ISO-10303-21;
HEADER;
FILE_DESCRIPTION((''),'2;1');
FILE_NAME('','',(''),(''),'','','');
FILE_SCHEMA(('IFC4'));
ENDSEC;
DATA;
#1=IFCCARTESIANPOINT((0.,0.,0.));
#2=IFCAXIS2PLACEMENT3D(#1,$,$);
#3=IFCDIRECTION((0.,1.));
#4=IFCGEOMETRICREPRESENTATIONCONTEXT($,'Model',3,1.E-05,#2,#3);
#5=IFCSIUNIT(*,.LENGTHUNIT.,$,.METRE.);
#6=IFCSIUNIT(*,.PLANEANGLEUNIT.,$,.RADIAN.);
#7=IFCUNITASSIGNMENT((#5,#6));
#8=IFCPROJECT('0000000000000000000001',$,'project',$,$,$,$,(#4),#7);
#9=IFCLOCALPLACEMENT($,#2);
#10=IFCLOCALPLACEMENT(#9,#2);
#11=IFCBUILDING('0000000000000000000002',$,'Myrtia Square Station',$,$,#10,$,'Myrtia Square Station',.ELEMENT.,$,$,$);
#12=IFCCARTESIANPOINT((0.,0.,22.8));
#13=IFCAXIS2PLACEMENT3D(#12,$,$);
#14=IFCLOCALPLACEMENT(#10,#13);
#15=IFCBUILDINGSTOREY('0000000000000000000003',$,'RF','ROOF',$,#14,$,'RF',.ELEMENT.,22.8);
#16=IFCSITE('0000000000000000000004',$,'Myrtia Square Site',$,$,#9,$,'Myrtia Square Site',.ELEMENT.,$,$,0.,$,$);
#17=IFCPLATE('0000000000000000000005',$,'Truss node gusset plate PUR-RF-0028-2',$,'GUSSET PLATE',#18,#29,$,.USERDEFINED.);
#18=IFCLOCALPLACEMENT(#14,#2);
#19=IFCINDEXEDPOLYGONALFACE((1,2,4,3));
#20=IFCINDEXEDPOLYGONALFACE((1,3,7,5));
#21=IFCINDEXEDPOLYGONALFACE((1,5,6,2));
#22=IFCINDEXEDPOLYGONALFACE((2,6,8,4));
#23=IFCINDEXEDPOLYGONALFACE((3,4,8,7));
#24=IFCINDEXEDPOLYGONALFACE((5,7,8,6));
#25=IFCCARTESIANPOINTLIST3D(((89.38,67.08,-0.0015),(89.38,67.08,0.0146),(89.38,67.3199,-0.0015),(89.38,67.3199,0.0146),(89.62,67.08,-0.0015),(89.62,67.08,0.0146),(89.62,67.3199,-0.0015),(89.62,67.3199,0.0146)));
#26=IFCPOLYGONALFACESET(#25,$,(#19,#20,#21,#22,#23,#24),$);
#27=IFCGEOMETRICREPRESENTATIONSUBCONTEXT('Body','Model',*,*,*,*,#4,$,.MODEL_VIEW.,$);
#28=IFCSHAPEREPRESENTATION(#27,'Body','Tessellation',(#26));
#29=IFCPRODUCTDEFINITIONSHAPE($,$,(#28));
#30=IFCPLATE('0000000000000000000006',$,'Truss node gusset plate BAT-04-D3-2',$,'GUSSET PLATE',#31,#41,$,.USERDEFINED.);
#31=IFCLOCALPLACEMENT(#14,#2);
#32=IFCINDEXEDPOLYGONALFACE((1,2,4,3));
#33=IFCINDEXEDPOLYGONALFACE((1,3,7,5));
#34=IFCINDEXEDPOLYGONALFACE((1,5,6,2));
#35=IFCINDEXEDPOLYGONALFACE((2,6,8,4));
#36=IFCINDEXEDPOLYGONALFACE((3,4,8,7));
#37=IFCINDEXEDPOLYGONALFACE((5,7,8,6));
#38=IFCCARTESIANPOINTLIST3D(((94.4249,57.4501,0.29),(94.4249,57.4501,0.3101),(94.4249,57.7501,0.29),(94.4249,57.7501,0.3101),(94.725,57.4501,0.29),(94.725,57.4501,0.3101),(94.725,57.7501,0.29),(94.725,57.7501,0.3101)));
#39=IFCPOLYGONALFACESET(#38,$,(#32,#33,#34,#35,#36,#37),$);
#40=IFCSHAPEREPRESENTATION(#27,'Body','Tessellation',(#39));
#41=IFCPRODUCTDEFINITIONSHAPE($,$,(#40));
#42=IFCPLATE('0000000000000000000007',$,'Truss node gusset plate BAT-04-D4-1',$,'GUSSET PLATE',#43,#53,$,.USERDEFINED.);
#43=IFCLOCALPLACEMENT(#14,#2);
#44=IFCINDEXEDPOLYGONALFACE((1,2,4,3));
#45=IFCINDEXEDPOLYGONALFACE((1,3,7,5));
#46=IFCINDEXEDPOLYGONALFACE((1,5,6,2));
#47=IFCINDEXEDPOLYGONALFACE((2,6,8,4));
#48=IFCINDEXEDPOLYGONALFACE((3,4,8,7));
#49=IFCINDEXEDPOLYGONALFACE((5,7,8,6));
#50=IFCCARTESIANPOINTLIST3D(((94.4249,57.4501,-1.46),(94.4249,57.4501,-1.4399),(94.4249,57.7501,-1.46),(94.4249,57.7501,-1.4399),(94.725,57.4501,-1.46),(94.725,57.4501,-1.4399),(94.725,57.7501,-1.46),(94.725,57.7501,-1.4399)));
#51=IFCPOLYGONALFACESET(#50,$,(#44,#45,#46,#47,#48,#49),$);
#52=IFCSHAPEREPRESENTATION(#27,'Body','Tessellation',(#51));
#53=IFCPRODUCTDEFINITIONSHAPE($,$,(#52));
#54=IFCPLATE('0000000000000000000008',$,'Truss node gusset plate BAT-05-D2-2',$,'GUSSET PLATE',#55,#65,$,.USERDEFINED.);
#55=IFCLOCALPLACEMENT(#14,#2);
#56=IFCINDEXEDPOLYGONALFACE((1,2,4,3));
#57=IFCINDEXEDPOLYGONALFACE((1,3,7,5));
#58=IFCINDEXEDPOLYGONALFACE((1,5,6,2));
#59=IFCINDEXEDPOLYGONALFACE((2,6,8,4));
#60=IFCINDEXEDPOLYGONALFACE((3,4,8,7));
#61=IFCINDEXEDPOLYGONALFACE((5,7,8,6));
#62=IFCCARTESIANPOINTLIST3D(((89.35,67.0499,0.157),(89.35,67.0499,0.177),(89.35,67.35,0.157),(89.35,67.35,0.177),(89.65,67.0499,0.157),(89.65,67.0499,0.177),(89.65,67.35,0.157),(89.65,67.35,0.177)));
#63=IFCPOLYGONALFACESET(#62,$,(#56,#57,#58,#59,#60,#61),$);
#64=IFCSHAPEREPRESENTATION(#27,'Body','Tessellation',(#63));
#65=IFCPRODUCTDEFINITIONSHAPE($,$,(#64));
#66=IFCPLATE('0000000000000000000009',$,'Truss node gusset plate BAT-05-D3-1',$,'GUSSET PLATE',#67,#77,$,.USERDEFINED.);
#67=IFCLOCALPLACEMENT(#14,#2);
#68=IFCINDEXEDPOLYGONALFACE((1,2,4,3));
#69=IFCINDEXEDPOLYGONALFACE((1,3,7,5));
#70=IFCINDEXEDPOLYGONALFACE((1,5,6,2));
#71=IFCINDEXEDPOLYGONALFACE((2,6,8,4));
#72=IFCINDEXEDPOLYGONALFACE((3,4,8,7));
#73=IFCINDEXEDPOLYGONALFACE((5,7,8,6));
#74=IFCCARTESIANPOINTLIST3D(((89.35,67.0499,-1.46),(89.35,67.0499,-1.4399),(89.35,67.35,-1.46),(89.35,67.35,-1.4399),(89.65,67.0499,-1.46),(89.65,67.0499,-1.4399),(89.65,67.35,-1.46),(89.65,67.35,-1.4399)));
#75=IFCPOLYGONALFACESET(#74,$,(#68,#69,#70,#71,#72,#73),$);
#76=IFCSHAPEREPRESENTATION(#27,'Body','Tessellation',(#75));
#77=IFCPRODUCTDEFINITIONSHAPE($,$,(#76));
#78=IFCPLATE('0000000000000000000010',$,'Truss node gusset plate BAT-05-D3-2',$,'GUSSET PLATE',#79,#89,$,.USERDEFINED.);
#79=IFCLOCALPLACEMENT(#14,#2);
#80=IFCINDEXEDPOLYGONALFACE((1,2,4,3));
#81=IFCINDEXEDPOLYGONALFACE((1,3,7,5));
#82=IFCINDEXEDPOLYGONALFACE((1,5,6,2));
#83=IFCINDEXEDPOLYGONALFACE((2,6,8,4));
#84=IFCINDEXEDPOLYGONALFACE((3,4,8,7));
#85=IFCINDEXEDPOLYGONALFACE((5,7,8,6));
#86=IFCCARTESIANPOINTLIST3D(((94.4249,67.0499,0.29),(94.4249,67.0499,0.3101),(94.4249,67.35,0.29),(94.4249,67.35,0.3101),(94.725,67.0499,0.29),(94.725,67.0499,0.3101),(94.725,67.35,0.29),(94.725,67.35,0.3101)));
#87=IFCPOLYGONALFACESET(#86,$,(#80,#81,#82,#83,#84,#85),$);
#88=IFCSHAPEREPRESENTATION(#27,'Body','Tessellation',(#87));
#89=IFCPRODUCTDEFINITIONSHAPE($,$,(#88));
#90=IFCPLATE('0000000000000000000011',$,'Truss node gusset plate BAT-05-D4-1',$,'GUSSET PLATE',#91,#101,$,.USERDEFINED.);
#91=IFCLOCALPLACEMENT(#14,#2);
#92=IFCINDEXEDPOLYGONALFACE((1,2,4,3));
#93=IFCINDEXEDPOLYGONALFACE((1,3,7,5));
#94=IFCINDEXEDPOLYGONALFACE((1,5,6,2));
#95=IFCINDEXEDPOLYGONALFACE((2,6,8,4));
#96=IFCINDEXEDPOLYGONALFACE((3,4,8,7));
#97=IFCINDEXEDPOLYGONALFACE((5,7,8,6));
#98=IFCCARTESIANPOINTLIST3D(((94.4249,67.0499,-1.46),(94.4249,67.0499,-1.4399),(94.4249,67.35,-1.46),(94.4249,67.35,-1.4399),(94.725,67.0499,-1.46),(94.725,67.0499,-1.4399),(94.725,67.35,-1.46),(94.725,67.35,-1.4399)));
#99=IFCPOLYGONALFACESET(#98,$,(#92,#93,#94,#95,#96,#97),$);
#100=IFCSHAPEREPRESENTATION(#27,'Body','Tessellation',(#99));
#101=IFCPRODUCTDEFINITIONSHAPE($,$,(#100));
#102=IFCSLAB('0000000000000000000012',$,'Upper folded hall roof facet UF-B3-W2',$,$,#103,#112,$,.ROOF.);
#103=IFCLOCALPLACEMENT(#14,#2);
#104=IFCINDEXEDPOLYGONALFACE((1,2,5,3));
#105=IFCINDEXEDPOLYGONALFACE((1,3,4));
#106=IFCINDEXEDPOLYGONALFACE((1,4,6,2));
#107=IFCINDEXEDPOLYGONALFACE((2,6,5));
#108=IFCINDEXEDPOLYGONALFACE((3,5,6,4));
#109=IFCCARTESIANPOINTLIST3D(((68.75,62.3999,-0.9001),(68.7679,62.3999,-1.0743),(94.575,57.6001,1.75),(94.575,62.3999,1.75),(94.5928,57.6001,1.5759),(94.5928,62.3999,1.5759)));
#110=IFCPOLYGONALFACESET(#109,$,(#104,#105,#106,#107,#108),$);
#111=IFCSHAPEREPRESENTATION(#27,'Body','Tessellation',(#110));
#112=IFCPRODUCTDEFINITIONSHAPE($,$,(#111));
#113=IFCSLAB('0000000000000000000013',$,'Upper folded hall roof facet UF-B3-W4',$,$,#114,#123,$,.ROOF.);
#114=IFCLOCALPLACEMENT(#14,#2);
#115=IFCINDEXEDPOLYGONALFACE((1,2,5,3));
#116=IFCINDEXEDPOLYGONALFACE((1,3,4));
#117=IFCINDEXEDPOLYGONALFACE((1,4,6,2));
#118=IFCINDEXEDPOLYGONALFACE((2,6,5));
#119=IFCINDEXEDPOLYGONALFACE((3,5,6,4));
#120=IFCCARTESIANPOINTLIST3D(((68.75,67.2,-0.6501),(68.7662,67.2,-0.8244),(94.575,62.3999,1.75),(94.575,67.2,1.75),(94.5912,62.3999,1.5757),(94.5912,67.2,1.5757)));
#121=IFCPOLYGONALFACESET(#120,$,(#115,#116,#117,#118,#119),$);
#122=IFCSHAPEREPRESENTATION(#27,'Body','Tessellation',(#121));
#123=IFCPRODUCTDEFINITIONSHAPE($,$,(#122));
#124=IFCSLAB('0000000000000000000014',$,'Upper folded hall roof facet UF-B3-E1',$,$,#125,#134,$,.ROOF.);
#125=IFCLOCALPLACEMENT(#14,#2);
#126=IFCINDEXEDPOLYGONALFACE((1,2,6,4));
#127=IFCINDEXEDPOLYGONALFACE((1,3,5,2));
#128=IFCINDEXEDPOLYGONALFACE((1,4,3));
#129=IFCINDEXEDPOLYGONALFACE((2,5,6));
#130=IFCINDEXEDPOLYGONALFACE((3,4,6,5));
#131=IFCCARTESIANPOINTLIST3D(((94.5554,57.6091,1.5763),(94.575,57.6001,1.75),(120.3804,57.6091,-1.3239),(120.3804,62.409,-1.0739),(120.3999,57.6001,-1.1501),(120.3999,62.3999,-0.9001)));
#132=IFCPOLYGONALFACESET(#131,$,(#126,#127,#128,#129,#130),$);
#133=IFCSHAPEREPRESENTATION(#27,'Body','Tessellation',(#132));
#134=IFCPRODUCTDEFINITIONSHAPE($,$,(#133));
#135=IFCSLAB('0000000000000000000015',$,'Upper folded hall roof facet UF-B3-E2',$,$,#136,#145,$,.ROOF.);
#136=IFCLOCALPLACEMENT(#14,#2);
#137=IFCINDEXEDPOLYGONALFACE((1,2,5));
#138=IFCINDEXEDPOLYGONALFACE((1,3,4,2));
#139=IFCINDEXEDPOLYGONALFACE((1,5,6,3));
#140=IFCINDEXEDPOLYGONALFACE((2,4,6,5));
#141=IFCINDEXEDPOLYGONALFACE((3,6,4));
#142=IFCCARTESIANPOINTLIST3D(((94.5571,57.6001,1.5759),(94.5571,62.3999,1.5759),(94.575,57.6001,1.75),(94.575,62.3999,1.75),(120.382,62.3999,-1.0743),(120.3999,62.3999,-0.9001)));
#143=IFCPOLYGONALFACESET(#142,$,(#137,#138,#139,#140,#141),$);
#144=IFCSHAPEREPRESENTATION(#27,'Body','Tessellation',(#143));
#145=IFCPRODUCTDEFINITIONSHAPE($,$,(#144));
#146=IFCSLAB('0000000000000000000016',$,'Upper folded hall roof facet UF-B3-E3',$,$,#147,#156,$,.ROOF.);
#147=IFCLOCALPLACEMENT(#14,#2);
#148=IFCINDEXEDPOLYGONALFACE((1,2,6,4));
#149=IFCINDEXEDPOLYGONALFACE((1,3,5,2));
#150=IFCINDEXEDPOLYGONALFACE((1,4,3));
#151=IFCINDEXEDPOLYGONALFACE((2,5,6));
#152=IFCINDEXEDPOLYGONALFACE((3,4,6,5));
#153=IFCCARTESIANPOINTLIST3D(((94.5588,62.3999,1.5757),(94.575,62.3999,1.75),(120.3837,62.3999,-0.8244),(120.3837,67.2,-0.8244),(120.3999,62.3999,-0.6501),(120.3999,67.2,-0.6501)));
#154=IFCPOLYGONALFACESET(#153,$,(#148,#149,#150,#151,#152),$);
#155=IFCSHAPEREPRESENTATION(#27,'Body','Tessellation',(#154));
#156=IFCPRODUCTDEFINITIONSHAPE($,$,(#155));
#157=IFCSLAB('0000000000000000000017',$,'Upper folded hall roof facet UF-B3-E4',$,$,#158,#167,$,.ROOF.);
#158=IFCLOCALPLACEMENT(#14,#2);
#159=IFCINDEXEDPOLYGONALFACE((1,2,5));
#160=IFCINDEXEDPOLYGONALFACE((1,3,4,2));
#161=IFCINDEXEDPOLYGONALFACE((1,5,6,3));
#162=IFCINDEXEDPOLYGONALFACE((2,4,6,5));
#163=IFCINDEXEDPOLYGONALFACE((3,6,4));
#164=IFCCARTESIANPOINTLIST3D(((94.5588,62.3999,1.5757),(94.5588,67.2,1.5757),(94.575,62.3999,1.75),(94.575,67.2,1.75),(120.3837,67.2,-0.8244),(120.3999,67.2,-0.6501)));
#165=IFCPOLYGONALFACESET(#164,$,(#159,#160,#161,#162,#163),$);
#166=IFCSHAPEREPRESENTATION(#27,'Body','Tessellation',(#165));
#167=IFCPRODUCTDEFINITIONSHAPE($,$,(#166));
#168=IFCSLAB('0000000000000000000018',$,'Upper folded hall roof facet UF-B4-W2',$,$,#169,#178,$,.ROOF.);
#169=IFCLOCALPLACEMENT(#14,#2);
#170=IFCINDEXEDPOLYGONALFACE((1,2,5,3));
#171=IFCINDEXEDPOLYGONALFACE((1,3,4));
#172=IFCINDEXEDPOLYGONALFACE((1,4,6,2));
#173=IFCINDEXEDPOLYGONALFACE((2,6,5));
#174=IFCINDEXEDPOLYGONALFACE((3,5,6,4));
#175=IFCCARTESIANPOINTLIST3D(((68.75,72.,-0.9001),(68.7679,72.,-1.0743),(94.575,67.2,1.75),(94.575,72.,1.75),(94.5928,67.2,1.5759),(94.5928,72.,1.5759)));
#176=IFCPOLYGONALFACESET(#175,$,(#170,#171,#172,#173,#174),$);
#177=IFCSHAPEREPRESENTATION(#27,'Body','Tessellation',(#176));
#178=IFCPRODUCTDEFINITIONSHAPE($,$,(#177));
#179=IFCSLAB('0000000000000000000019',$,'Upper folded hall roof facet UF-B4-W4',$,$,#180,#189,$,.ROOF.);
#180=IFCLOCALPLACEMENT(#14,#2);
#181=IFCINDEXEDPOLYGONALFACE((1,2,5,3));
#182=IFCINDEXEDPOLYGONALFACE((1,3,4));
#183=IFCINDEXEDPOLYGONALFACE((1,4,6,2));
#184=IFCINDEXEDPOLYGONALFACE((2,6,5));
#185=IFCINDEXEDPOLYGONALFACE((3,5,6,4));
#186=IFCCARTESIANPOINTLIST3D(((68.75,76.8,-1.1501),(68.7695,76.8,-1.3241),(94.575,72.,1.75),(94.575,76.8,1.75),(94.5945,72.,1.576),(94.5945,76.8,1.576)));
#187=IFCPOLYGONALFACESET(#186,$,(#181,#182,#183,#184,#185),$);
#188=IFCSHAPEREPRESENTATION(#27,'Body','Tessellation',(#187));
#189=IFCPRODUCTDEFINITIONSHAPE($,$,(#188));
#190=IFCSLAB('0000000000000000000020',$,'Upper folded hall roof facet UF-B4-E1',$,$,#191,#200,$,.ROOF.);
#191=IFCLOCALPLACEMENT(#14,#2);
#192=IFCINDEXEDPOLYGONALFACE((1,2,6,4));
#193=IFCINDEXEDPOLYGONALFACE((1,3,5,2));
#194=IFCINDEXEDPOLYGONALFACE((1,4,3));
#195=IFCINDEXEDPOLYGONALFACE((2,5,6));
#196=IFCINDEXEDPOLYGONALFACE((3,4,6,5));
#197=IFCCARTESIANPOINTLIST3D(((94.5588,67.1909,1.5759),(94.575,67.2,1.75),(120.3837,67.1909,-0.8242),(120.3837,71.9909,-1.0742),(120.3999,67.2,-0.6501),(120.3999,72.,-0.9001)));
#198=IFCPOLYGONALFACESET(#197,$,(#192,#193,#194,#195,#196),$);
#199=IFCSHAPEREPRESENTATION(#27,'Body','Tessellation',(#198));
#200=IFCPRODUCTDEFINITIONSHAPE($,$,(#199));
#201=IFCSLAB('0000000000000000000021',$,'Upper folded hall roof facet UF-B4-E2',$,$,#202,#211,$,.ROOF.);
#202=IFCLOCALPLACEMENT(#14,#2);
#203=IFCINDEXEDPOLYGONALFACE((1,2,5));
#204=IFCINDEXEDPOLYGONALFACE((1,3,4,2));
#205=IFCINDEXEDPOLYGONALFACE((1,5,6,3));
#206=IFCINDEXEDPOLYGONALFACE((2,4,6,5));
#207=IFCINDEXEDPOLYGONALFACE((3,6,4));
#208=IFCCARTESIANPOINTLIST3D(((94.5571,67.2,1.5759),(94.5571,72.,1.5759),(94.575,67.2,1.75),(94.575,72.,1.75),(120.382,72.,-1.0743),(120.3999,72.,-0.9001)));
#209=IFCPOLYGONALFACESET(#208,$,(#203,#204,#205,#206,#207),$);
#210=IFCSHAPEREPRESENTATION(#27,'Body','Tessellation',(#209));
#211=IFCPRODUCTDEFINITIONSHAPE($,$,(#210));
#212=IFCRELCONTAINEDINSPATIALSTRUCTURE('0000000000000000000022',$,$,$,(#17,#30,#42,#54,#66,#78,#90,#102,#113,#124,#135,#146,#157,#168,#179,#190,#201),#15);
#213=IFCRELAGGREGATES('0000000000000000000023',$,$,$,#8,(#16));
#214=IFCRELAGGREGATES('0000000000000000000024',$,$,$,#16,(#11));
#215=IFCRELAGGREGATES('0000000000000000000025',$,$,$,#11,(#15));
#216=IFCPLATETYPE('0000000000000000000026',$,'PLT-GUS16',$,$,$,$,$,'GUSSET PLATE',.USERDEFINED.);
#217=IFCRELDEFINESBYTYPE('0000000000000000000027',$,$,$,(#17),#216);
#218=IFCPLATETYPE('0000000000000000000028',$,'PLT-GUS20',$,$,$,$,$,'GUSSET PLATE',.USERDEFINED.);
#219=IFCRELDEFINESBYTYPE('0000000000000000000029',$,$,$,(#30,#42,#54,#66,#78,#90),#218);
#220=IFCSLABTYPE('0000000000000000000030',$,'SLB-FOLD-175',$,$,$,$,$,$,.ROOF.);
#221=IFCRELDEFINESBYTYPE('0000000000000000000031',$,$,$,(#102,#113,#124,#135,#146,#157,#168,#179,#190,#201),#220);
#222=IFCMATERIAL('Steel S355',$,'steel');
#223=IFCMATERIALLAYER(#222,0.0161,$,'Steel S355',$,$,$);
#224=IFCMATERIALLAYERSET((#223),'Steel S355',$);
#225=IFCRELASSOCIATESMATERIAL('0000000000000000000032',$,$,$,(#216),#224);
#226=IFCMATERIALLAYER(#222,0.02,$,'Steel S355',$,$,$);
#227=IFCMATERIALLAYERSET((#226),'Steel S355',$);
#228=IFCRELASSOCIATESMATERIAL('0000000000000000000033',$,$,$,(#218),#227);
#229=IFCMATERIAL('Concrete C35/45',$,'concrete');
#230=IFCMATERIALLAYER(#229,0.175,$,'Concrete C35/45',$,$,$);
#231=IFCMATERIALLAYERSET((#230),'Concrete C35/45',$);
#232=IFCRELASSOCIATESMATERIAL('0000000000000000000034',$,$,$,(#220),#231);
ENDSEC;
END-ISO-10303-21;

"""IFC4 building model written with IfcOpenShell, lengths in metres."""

from ifc_helpers import new_model, si_unit, direction, frame, origin, origin_2d, place, context, subcontext, project, spatial, polyline, rectangle, outline, extrude, material, layer, layer_set, type_object, element, save


model = new_model("IFC4")

# Units and contexts
model_context = context("Model", 3, precision=1e-05, world=origin(), true_north=direction((0.0, 1.0)))
body_context = subcontext(model_context, "Body", "Model", "MODEL_VIEW")
ifc_project = project(units=[si_unit("LENGTHUNIT", "METRE"), si_unit("PLANEANGLEUNIT", "RADIAN")], contexts=[model_context])

# Site, building, storey
site_placement = place(None, origin())
site = spatial("IfcSite", under=ifc_project, at=site_placement, Name="Myrtia Square Site", LongName="Myrtia Square Site", CompositionType="ELEMENT", RefElevation=0.0)
building_placement = place(site_placement, origin())
building = spatial("IfcBuilding", under=site, at=building_placement, Name="Myrtia Square Station", LongName="Myrtia Square Station", CompositionType="ELEMENT")
storey_placement = place(building_placement, frame((0.0, 0.0, 22.8)))
storey = spatial("IfcBuildingStorey", under=building, at=storey_placement, Name="RF", Description="ROOF", LongName="RF", CompositionType="ELEMENT", Elevation=22.8)

# Shared definitions
ifc_material_1 = material(Name="Steel S355", Category="steel")

# Plates
ifc_layer_1 = layer(ifc_material_1, 0.0161, Name="Steel S355")
ifc_layer_set_1 = layer_set([ifc_layer_1], Name="Steel S355")
plate_type_1 = type_object("IfcPlateType", Name="PLT-GUS16", ElementType="GUSSET PLATE", PredefinedType="USERDEFINED", material=ifc_layer_set_1)
plate_placement = place(storey_placement, frame((89.5, 67.2, -0.0015), z_axis=(0.0, 0.0, 1.0), x_axis=(0.0, 1.0, 0.0)))
element("IfcPlate", 1, at=plate_placement, inside=storey, type_object=plate_type_1, Name="Truss node gusset plate PUR-RF-0028-2", ObjectType="GUSSET PLATE", PredefinedType="USERDEFINED", context=body_context, shape_type="SweptSolid", body=[
    extrude(rectangle(XDim=0.24, YDim=0.24, at=origin_2d()), origin(), (0.0, 0.0, 1.0), 0.0161),
])
ifc_layer_2 = layer(ifc_material_1, 0.02, Name="Steel S355")
ifc_layer_set_2 = layer_set([ifc_layer_2], Name="Steel S355")
plate_type_2 = type_object("IfcPlateType", Name="PLT-GUS20", ElementType="GUSSET PLATE", PredefinedType="USERDEFINED", material=ifc_layer_set_2)
for number, where, z_axis, x_axis, name in (
    (2, (94.575, 57.6001, 0.29), (0.0, 0.0, 1.0), (1.0, 0.0, 0.0), "Truss node gusset plate BAT-04-D3-2"),
    (3, (94.575, 57.6001, -1.46), (0.0, 0.0, 1.0), (1.0, 0.0, 0.0), "Truss node gusset plate BAT-04-D4-1"),
    (4, (89.5, 67.2, 0.157), (0.0, 0.0, 1.0), (1.0, 0.0, 0.0), "Truss node gusset plate BAT-05-D2-2"),
    (5, (89.5, 67.2, -1.46), (0.0, 0.0, 1.0), (1.0, 0.0, 0.0), "Truss node gusset plate BAT-05-D3-1"),
    (6, (94.575, 67.2, 0.29), (0.0, 0.0, 1.0), (1.0, 0.0, 0.0), "Truss node gusset plate BAT-05-D3-2"),
    (7, (94.575, 67.2, -1.46), (0.0, 0.0, 1.0), (1.0, 0.0, 0.0), "Truss node gusset plate BAT-05-D4-1"),
):
    element("IfcPlate", number, at=place(storey_placement, frame(where, z_axis=z_axis, x_axis=x_axis)), inside=storey, type_object=plate_type_2, Name=name, ObjectType="GUSSET PLATE", PredefinedType="USERDEFINED", context=body_context, shape_type="SweptSolid", body=[
        extrude(rectangle(XDim=0.3, YDim=0.3, at=origin_2d()), origin(), (0.0, 0.0, 1.0), 0.02),
    ])

# Slabs
ifc_material_2 = material(Name="Concrete C35/45", Category="concrete")
ifc_layer_3 = layer(ifc_material_2, 0.175, Name="Concrete C35/45")
ifc_layer_set_3 = layer_set([ifc_layer_3], Name="Concrete C35/45")
slab_type = type_object("IfcSlabType", Name="SLB-FOLD-175", PredefinedType="ROOF", material=ifc_layer_set_3)
slab_1_placement = place(storey_placement, frame((94.575, 57.6001, 1.75), z_axis=(-0.102084, 0.0, 0.994776), x_axis=(0.0, 1.0, 0.0)))
element("IfcSlab", 8, at=slab_1_placement, inside=storey, type_object=slab_type, Name="Upper folded hall roof facet UF-B3-W2", PredefinedType="ROOF", context=body_context, shape_type="SweptSolid", body=[
    extrude(outline(polyline([(0.0, 0.0), (4.7998, 0.0), (4.7998, 25.9606), (0.0, 0.0)])), origin(), (0.0, 0.0, -1.0), 0.175),
])
slab_2_placement = place(storey_placement, frame((94.575, 62.3999, 1.75), z_axis=(-0.09254, 0.0, 0.995709), x_axis=(0.0, 1.0, 0.0)))
element("IfcSlab", 9, at=slab_2_placement, inside=storey, type_object=slab_type, Name="Upper folded hall roof facet UF-B3-W4", PredefinedType="ROOF", context=body_context, shape_type="SweptSolid", body=[
    extrude(outline(polyline([(0.0, 0.0), (4.8, 0.0), (4.8, 25.9362), (0.0, 0.0)])), origin(), (0.0, 0.0, -1.0), 0.175),
])
slab_3_placement = place(storey_placement, frame((94.575, 57.6001, 1.75), z_axis=(0.111449, -0.051691, 0.992425), x_axis=(0.993753, 0.0, -0.111599)))
element("IfcSlab", 10, at=slab_3_placement, inside=storey, type_object=slab_type, Name="Upper folded hall roof facet UF-B3-E1", PredefinedType="ROOF", context=body_context, shape_type="SweptSolid", body=[
    extrude(outline(polyline([(0.0, 0.0), (25.9873, 0.0), (25.9594, 4.8062), (0.0, 0.0)])), origin(), (0.0, 0.0, -1.0), 0.175),
])
slab_4_placement = place(storey_placement, frame((94.575, 57.6001, 1.75), z_axis=(0.102084, 0.0, 0.994776), x_axis=(0.978197, 0.181807, -0.100382)))
element("IfcSlab", 11, at=slab_4_placement, inside=storey, type_object=slab_type, Name="Upper folded hall roof facet UF-B3-E2", PredefinedType="ROOF", context=body_context, shape_type="SweptSolid", body=[
    extrude(outline(polyline([(0.0, 0.0), (26.4006, 0.0), (0.8726, 4.7198), (0.0, 0.0)])), origin(), (0.0, 0.0, -1.0), 0.175),
])
slab_5_placement = place(storey_placement, frame((94.575, 62.3999, 1.75), z_axis=(0.09254, 0.0, 0.995709), x_axis=(0.995709, 0.0, -0.09254)))
element("IfcSlab", 12, at=slab_5_placement, inside=storey, type_object=slab_type, Name="Upper folded hall roof facet UF-B3-E3", PredefinedType="ROOF", context=body_context, shape_type="SweptSolid", body=[
    extrude(outline(polyline([(0.0, 0.0), (25.9362, 0.0), (25.9362, 4.8), (0.0, 0.0)])), origin(), (0.0, 0.0, -1.0), 0.175),
])
slab_6_placement = place(storey_placement, frame((94.575, 62.3999, 1.75), z_axis=(0.09254, 0.0, 0.995709), x_axis=(0.979083, 0.181981, -0.090995)))
element("IfcSlab", 13, at=slab_6_placement, inside=storey, type_object=slab_type, Name="Upper folded hall roof facet UF-B3-E4", PredefinedType="ROOF", context=body_context, shape_type="SweptSolid", body=[
    extrude(outline(polyline([(0.0, 0.0), (26.3767, 0.0), (0.8735, 4.7199), (0.0, 0.0)])), origin(), (0.0, 0.0, -1.0), 0.175),
])
slab_7_placement = place(storey_placement, frame((94.575, 67.2, 1.75), z_axis=(-0.102084, 0.0, 0.994776), x_axis=(0.0, 1.0, 0.0)))
element("IfcSlab", 14, at=slab_7_placement, inside=storey, type_object=slab_type, Name="Upper folded hall roof facet UF-B4-W2", PredefinedType="ROOF", context=body_context, shape_type="SweptSolid", body=[
    extrude(outline(polyline([(0.0, 0.0), (4.8, 0.0), (4.8, 25.9606), (0.0, 0.0)])), origin(), (0.0, 0.0, -1.0), 0.175),
])
slab_8_placement = place(storey_placement, frame((94.575, 72.0, 1.75), z_axis=(-0.111599, 0.0, 0.993753), x_axis=(0.0, 1.0, 0.0)))
element("IfcSlab", 15, at=slab_8_placement, inside=storey, type_object=slab_type, Name="Upper folded hall roof facet UF-B4-W4", PredefinedType="ROOF", context=body_context, shape_type="SweptSolid", body=[
    extrude(outline(polyline([(0.0, 0.0), (4.8, 0.0), (4.8, 25.9873), (0.0, 0.0)])), origin(), (0.0, 0.0, -1.0), 0.175),
])
slab_9_placement = place(storey_placement, frame((94.575, 67.2, 1.75), z_axis=(0.092416, 0.05179, 0.994373), x_axis=(0.995709, 0.0, -0.09254)))
element("IfcSlab", 16, at=slab_9_placement, inside=storey, type_object=slab_type, Name="Upper folded hall roof facet UF-B4-E1", PredefinedType="ROOF", context=body_context, shape_type="SweptSolid", body=[
    extrude(outline(polyline([(0.0, 0.0), (25.9362, 0.0), (25.9594, 4.8065), (0.0, 0.0)])), origin(), (0.0, 0.0, -1.0), 0.175),
])
slab_10_placement = place(storey_placement, frame((94.575, 67.2, 1.75), z_axis=(0.102084, 0.0, 0.994776), x_axis=(0.978195, 0.181816, -0.100382)))
element("IfcSlab", 17, at=slab_10_placement, inside=storey, type_object=slab_type, Name="Upper folded hall roof facet UF-B4-E2", PredefinedType="ROOF", context=body_context, shape_type="SweptSolid", body=[
    extrude(outline(polyline([(0.0, 0.0), (26.4006, 0.0), (0.8727, 4.72), (0.0, 0.0)])), origin(), (0.0, 0.0, -1.0), 0.175),
])

save(model, "model.ifc")
